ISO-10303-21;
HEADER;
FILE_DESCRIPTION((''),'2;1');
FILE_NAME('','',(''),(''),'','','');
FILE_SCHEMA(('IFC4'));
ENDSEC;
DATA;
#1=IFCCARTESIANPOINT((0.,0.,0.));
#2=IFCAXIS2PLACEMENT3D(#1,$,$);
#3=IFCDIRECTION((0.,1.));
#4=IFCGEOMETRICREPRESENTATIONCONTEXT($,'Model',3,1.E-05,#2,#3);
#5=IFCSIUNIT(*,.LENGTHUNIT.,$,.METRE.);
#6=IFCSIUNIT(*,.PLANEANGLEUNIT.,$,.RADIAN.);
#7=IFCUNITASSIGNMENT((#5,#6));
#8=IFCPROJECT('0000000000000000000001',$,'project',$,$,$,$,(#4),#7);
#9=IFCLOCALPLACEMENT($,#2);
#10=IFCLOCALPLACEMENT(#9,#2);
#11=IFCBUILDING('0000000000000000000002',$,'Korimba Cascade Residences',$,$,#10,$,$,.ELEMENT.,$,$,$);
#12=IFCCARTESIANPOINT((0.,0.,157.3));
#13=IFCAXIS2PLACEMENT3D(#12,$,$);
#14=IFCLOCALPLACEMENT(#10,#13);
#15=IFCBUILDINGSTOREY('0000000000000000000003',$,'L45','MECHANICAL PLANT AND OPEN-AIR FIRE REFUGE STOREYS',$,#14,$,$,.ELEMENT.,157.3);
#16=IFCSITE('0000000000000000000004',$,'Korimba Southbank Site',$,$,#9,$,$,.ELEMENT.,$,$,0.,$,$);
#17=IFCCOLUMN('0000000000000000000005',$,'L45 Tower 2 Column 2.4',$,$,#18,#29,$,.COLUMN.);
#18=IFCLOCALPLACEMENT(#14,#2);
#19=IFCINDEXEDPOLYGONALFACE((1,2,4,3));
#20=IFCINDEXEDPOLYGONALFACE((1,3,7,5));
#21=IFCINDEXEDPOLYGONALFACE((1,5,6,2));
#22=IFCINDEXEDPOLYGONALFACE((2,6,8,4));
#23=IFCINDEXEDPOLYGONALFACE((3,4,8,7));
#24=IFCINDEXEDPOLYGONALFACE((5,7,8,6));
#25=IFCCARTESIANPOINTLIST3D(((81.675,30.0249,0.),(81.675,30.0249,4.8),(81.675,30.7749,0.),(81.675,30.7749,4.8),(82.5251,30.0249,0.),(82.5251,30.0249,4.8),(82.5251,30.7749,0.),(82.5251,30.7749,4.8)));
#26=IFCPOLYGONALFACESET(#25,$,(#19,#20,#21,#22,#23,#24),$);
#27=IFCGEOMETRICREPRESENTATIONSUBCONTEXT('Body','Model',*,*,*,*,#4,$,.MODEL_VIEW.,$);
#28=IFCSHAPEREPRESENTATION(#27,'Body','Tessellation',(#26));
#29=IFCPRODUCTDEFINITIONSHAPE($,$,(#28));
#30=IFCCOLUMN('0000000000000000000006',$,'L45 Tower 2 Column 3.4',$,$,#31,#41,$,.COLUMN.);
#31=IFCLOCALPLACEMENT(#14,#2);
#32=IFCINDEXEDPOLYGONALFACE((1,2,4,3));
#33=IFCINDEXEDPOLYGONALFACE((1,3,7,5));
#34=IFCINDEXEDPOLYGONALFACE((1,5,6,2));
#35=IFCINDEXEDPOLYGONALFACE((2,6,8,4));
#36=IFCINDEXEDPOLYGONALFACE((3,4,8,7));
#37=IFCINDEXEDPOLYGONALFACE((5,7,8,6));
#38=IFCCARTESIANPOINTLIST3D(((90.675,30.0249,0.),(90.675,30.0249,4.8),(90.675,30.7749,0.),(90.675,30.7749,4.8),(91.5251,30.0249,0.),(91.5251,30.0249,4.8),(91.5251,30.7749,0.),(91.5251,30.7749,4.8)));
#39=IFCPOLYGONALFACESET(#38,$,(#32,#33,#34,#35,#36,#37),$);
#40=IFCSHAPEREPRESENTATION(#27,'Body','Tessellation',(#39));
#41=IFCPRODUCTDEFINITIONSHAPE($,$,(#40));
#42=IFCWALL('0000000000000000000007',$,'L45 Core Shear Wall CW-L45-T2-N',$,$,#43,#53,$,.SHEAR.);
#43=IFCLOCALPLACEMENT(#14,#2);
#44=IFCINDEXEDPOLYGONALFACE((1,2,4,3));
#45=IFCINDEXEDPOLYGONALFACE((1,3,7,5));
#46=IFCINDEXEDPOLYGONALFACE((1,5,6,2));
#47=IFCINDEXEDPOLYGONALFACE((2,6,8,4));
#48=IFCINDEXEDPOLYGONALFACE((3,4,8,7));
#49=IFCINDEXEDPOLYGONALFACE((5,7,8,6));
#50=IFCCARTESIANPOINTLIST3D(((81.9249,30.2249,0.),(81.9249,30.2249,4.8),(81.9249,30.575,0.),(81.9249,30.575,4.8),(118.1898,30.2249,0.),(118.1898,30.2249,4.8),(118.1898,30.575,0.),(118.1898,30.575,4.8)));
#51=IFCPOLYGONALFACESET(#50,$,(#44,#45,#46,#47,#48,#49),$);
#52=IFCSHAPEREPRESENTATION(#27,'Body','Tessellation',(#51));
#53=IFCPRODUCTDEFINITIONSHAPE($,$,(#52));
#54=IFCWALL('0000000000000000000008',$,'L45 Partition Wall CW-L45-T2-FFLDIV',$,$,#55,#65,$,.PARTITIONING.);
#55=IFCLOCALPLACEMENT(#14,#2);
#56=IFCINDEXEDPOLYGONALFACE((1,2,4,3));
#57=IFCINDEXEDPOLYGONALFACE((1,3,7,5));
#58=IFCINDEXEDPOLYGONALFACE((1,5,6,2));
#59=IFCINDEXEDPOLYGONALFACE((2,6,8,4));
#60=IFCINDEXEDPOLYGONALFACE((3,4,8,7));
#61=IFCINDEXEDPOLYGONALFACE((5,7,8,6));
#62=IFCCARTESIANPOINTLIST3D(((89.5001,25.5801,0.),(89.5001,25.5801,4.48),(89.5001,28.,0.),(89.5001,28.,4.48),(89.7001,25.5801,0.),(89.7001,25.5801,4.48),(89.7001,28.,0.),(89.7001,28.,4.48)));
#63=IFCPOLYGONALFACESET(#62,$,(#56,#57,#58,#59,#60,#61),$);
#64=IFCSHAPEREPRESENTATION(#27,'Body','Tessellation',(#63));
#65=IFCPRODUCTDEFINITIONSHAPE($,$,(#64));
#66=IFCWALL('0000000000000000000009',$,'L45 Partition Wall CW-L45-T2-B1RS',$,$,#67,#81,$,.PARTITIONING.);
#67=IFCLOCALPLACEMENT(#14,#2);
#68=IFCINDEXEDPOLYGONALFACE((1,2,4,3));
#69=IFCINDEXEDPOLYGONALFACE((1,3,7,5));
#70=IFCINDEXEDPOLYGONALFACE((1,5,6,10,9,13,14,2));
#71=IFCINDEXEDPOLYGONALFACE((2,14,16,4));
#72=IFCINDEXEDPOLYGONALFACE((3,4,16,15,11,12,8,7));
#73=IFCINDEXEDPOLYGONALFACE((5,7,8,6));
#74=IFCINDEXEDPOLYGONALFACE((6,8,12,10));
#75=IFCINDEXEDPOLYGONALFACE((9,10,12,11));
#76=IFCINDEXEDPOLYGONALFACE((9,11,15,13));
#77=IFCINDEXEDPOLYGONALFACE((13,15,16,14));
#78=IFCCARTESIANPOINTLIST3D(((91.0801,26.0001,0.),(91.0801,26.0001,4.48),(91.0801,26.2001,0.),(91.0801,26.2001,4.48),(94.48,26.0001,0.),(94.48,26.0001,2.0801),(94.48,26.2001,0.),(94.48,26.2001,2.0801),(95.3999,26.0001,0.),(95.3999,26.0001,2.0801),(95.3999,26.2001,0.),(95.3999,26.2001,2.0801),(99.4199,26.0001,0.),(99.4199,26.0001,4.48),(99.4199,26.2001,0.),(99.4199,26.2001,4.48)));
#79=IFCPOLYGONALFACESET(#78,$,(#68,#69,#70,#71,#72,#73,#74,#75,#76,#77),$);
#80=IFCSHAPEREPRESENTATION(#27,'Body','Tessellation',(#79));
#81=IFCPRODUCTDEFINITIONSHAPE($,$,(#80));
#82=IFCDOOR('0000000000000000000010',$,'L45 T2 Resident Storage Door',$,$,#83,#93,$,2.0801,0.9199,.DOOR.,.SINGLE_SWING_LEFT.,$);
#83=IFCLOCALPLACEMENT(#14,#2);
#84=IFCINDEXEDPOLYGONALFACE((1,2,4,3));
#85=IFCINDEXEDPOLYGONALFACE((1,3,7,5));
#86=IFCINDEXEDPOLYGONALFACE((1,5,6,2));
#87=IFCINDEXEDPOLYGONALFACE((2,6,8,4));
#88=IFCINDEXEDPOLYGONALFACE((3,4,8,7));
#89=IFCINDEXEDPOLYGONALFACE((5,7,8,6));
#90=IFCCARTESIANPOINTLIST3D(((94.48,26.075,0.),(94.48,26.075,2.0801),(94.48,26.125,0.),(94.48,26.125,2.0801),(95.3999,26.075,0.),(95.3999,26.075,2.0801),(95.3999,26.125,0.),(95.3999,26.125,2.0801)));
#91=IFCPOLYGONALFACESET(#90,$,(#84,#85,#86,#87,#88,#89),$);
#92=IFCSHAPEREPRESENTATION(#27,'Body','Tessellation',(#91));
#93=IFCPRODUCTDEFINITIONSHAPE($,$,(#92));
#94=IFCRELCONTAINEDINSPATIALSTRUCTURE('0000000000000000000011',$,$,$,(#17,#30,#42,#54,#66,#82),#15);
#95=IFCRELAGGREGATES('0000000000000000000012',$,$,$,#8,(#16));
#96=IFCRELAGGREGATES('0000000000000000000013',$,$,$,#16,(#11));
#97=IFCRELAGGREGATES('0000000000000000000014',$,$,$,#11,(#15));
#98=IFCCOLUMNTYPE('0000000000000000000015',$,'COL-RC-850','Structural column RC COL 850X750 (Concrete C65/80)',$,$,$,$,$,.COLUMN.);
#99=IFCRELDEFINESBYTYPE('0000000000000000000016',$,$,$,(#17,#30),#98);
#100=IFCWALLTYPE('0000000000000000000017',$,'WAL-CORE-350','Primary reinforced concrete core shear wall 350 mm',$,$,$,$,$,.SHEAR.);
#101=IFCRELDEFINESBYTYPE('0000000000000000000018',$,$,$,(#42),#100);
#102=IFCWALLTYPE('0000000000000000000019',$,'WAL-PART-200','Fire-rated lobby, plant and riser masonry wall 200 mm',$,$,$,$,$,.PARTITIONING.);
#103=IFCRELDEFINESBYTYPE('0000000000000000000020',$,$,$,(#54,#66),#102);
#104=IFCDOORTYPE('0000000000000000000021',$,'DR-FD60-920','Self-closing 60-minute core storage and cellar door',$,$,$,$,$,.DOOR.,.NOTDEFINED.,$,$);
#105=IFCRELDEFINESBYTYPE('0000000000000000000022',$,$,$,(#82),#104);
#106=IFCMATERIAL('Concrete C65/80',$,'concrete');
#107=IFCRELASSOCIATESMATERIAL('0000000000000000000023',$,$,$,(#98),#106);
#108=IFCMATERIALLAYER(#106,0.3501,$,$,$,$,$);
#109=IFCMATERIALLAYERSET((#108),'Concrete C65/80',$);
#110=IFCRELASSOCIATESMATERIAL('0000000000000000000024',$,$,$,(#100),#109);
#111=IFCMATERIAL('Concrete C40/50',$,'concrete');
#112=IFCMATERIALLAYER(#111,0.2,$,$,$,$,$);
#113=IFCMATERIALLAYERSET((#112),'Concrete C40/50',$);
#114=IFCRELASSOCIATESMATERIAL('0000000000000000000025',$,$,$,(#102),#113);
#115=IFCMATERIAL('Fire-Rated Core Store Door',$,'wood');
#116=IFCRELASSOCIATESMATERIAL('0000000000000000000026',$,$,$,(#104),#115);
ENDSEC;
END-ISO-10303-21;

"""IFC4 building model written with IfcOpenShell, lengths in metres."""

from ifc_helpers import new_model, si_unit, direction, frame, frame_2d, origin, origin_2d, place, context, subcontext, project, spatial, rectangle, extrude, material, layer, layer_set, material_profile, profile_set, type_object, element, fill, save


model = new_model("IFC4")

# Units and contexts
model_context = context("Model", 3, precision=1e-05, world=origin(), true_north=direction((0.0, 1.0)))
body_context = subcontext(model_context, "Body", "Model", "MODEL_VIEW")
ifc_project = project(units=[si_unit("LENGTHUNIT", "METRE"), si_unit("PLANEANGLEUNIT", "RADIAN")], contexts=[model_context])

# Site, building, storey
site_placement = place(None, origin())
site = spatial("IfcSite", under=ifc_project, at=site_placement, Name="Korimba Southbank Site", CompositionType="ELEMENT", RefElevation=0.0)
building_placement = place(site_placement, origin())
building = spatial("IfcBuilding", under=site, at=building_placement, Name="Korimba Cascade Residences", CompositionType="ELEMENT")
storey_placement = place(building_placement, frame((0.0, 0.0, 157.3)))
storey = spatial("IfcBuildingStorey", under=building, at=storey_placement, Name="L45", Description="MECHANICAL PLANT AND OPEN-AIR FIRE REFUGE STOREYS", CompositionType="ELEMENT", Elevation=157.3)

# Columns
ifc_material_1 = material(Name="Concrete C65/80", Category="concrete")
ifc_material_profile = material_profile(ifc_material_1, rectangle(XDim=0.8501, YDim=0.75, at=origin_2d()), Name="Concrete C65/80")
ifc_profile_set = profile_set([ifc_material_profile], Name="Concrete C65/80")
column_type = type_object("IfcColumnType", Name="COL-RC-850", Description="Structural column RC COL 850X750 (Concrete C65/80)", PredefinedType="COLUMN", material=ifc_profile_set)
for number, where, z_axis, x_axis, name in (
    (1, (82.1001, 30.3999, 0.0), (0.0, 0.0, 1.0), (1.0, 0.0, 0.0), "L45 Tower 2 Column 2.4"),
    (2, (91.1001, 30.3999, 0.0), (0.0, 0.0, 1.0), (1.0, 0.0, 0.0), "L45 Tower 2 Column 3.4"),
):
    element("IfcColumn", number, at=place(storey_placement, frame(where, z_axis=z_axis, x_axis=x_axis)), inside=storey, type_object=column_type, Name=name, PredefinedType="COLUMN", context=body_context, shape_type="SweptSolid", body=[
        extrude(rectangle(XDim=0.8501, YDim=0.75, at=origin_2d()), origin(), (0.0, 0.0, 1.0), 4.8),
    ])

# Walls
ifc_layer_1 = layer(ifc_material_1, 0.3501)
ifc_layer_set_1 = layer_set([ifc_layer_1], Name="Concrete C65/80")
wall_type_1 = type_object("IfcWallType", Name="WAL-CORE-350", Description="Primary reinforced concrete core shear wall 350 mm", PredefinedType="SHEAR", material=ifc_layer_set_1)
wall_1_placement = place(storey_placement, frame((81.925, 30.3999, 0.0), z_axis=(0.0, 0.0, 1.0), x_axis=(1.0, 0.0, 0.0)))
element("IfcWall", 3, at=wall_1_placement, inside=storey, type_object=wall_type_1, Name="L45 Core Shear Wall CW-L45-T2-N", PredefinedType="SHEAR", context=body_context, shape_type="SweptSolid", body=[
    extrude(rectangle(XDim=36.2649, YDim=0.3501, at=frame_2d((18.1323, 0.0))), origin(), (0.0, 0.0, 1.0), 4.8),
])
ifc_material_2 = material(Name="Concrete C40/50", Category="concrete")
ifc_layer_2 = layer(ifc_material_2, 0.2)
ifc_layer_set_2 = layer_set([ifc_layer_2], Name="Concrete C40/50")
wall_type_2 = type_object("IfcWallType", Name="WAL-PART-200", Description="Fire-rated lobby, plant and riser masonry wall 200 mm", PredefinedType="PARTITIONING", material=ifc_layer_set_2)
wall_2_placement = place(storey_placement, frame((89.6001, 25.5801, 0.0), z_axis=(0.0, 0.0, 1.0), x_axis=(0.0, 1.0, 0.0)))
element("IfcWall", 4, at=wall_2_placement, inside=storey, type_object=wall_type_2, Name="L45 Partition Wall CW-L45-T2-FFLDIV", PredefinedType="PARTITIONING", context=body_context, shape_type="SweptSolid", body=[
    extrude(rectangle(XDim=2.4199, YDim=0.2, at=frame_2d((1.21, 0.0))), origin(), (0.0, 0.0, 1.0), 4.48),
])

# Wall, opening, door
wall_3_placement = place(storey_placement, frame((91.0801, 26.1001, 0.0), z_axis=(0.0, 0.0, 1.0), x_axis=(1.0, 0.0, 0.0)))
wall_3 = element("IfcWall", 5, at=wall_3_placement, inside=storey, type_object=wall_type_2, Name="L45 Partition Wall CW-L45-T2-B1RS", PredefinedType="PARTITIONING", context=body_context, shape_type="SweptSolid", body=[
    extrude(rectangle(XDim=8.3398, YDim=0.2, at=frame_2d((4.1699, 0.0))), origin(), (0.0, 0.0, 1.0), 4.48),
])
opening_1_placement = place(wall_3_placement, frame((3.3999, 0.0, 0.0)))
opening_1 = element("IfcOpeningElement", 6, at=opening_1_placement, cuts=wall_3, PredefinedType="OPENING", context=body_context, shape_type="SweptSolid", body=[
    extrude(rectangle(XDim=0.9199, YDim=2.0801, at=frame_2d((0.46, 1.04))), frame((0.0, 0.1099, 0.0), z_axis=(0.0, -1.0, 0.0), x_axis=(1.0, 0.0, 0.0)), (0.0, 0.0, 1.0), 0.22),
])
ifc_material_3 = material(Name="Fire-Rated Core Store Door", Category="wood")
door_type_1 = type_object("IfcDoorType", Name="DR-FD60-920", Description="Self-closing 60-minute core storage and cellar door", OperationType="NOTDEFINED", PredefinedType="DOOR", material=ifc_material_3)
door_1_placement = place(opening_1_placement, origin())
door_1 = element("IfcDoor", 7, at=door_1_placement, inside=storey, type_object=door_type_1, Name="L45 T2 Resident Storage Door", OperationType="SINGLE_SWING_LEFT", OverallHeight=2.0801, OverallWidth=0.9199, PredefinedType="DOOR", context=body_context, shape_type="SweptSolid", body=[
    extrude(rectangle(XDim=0.9199, YDim=2.0801, at=frame_2d((0.46, 1.04))), frame((0.0, 0.0249, 0.0), z_axis=(0.0, -1.0, 0.0), x_axis=(1.0, 0.0, 0.0)), (0.0, 0.0, 1.0), 0.05),
])
fill(opening_1, door_1)

save(model, "model.ifc")
